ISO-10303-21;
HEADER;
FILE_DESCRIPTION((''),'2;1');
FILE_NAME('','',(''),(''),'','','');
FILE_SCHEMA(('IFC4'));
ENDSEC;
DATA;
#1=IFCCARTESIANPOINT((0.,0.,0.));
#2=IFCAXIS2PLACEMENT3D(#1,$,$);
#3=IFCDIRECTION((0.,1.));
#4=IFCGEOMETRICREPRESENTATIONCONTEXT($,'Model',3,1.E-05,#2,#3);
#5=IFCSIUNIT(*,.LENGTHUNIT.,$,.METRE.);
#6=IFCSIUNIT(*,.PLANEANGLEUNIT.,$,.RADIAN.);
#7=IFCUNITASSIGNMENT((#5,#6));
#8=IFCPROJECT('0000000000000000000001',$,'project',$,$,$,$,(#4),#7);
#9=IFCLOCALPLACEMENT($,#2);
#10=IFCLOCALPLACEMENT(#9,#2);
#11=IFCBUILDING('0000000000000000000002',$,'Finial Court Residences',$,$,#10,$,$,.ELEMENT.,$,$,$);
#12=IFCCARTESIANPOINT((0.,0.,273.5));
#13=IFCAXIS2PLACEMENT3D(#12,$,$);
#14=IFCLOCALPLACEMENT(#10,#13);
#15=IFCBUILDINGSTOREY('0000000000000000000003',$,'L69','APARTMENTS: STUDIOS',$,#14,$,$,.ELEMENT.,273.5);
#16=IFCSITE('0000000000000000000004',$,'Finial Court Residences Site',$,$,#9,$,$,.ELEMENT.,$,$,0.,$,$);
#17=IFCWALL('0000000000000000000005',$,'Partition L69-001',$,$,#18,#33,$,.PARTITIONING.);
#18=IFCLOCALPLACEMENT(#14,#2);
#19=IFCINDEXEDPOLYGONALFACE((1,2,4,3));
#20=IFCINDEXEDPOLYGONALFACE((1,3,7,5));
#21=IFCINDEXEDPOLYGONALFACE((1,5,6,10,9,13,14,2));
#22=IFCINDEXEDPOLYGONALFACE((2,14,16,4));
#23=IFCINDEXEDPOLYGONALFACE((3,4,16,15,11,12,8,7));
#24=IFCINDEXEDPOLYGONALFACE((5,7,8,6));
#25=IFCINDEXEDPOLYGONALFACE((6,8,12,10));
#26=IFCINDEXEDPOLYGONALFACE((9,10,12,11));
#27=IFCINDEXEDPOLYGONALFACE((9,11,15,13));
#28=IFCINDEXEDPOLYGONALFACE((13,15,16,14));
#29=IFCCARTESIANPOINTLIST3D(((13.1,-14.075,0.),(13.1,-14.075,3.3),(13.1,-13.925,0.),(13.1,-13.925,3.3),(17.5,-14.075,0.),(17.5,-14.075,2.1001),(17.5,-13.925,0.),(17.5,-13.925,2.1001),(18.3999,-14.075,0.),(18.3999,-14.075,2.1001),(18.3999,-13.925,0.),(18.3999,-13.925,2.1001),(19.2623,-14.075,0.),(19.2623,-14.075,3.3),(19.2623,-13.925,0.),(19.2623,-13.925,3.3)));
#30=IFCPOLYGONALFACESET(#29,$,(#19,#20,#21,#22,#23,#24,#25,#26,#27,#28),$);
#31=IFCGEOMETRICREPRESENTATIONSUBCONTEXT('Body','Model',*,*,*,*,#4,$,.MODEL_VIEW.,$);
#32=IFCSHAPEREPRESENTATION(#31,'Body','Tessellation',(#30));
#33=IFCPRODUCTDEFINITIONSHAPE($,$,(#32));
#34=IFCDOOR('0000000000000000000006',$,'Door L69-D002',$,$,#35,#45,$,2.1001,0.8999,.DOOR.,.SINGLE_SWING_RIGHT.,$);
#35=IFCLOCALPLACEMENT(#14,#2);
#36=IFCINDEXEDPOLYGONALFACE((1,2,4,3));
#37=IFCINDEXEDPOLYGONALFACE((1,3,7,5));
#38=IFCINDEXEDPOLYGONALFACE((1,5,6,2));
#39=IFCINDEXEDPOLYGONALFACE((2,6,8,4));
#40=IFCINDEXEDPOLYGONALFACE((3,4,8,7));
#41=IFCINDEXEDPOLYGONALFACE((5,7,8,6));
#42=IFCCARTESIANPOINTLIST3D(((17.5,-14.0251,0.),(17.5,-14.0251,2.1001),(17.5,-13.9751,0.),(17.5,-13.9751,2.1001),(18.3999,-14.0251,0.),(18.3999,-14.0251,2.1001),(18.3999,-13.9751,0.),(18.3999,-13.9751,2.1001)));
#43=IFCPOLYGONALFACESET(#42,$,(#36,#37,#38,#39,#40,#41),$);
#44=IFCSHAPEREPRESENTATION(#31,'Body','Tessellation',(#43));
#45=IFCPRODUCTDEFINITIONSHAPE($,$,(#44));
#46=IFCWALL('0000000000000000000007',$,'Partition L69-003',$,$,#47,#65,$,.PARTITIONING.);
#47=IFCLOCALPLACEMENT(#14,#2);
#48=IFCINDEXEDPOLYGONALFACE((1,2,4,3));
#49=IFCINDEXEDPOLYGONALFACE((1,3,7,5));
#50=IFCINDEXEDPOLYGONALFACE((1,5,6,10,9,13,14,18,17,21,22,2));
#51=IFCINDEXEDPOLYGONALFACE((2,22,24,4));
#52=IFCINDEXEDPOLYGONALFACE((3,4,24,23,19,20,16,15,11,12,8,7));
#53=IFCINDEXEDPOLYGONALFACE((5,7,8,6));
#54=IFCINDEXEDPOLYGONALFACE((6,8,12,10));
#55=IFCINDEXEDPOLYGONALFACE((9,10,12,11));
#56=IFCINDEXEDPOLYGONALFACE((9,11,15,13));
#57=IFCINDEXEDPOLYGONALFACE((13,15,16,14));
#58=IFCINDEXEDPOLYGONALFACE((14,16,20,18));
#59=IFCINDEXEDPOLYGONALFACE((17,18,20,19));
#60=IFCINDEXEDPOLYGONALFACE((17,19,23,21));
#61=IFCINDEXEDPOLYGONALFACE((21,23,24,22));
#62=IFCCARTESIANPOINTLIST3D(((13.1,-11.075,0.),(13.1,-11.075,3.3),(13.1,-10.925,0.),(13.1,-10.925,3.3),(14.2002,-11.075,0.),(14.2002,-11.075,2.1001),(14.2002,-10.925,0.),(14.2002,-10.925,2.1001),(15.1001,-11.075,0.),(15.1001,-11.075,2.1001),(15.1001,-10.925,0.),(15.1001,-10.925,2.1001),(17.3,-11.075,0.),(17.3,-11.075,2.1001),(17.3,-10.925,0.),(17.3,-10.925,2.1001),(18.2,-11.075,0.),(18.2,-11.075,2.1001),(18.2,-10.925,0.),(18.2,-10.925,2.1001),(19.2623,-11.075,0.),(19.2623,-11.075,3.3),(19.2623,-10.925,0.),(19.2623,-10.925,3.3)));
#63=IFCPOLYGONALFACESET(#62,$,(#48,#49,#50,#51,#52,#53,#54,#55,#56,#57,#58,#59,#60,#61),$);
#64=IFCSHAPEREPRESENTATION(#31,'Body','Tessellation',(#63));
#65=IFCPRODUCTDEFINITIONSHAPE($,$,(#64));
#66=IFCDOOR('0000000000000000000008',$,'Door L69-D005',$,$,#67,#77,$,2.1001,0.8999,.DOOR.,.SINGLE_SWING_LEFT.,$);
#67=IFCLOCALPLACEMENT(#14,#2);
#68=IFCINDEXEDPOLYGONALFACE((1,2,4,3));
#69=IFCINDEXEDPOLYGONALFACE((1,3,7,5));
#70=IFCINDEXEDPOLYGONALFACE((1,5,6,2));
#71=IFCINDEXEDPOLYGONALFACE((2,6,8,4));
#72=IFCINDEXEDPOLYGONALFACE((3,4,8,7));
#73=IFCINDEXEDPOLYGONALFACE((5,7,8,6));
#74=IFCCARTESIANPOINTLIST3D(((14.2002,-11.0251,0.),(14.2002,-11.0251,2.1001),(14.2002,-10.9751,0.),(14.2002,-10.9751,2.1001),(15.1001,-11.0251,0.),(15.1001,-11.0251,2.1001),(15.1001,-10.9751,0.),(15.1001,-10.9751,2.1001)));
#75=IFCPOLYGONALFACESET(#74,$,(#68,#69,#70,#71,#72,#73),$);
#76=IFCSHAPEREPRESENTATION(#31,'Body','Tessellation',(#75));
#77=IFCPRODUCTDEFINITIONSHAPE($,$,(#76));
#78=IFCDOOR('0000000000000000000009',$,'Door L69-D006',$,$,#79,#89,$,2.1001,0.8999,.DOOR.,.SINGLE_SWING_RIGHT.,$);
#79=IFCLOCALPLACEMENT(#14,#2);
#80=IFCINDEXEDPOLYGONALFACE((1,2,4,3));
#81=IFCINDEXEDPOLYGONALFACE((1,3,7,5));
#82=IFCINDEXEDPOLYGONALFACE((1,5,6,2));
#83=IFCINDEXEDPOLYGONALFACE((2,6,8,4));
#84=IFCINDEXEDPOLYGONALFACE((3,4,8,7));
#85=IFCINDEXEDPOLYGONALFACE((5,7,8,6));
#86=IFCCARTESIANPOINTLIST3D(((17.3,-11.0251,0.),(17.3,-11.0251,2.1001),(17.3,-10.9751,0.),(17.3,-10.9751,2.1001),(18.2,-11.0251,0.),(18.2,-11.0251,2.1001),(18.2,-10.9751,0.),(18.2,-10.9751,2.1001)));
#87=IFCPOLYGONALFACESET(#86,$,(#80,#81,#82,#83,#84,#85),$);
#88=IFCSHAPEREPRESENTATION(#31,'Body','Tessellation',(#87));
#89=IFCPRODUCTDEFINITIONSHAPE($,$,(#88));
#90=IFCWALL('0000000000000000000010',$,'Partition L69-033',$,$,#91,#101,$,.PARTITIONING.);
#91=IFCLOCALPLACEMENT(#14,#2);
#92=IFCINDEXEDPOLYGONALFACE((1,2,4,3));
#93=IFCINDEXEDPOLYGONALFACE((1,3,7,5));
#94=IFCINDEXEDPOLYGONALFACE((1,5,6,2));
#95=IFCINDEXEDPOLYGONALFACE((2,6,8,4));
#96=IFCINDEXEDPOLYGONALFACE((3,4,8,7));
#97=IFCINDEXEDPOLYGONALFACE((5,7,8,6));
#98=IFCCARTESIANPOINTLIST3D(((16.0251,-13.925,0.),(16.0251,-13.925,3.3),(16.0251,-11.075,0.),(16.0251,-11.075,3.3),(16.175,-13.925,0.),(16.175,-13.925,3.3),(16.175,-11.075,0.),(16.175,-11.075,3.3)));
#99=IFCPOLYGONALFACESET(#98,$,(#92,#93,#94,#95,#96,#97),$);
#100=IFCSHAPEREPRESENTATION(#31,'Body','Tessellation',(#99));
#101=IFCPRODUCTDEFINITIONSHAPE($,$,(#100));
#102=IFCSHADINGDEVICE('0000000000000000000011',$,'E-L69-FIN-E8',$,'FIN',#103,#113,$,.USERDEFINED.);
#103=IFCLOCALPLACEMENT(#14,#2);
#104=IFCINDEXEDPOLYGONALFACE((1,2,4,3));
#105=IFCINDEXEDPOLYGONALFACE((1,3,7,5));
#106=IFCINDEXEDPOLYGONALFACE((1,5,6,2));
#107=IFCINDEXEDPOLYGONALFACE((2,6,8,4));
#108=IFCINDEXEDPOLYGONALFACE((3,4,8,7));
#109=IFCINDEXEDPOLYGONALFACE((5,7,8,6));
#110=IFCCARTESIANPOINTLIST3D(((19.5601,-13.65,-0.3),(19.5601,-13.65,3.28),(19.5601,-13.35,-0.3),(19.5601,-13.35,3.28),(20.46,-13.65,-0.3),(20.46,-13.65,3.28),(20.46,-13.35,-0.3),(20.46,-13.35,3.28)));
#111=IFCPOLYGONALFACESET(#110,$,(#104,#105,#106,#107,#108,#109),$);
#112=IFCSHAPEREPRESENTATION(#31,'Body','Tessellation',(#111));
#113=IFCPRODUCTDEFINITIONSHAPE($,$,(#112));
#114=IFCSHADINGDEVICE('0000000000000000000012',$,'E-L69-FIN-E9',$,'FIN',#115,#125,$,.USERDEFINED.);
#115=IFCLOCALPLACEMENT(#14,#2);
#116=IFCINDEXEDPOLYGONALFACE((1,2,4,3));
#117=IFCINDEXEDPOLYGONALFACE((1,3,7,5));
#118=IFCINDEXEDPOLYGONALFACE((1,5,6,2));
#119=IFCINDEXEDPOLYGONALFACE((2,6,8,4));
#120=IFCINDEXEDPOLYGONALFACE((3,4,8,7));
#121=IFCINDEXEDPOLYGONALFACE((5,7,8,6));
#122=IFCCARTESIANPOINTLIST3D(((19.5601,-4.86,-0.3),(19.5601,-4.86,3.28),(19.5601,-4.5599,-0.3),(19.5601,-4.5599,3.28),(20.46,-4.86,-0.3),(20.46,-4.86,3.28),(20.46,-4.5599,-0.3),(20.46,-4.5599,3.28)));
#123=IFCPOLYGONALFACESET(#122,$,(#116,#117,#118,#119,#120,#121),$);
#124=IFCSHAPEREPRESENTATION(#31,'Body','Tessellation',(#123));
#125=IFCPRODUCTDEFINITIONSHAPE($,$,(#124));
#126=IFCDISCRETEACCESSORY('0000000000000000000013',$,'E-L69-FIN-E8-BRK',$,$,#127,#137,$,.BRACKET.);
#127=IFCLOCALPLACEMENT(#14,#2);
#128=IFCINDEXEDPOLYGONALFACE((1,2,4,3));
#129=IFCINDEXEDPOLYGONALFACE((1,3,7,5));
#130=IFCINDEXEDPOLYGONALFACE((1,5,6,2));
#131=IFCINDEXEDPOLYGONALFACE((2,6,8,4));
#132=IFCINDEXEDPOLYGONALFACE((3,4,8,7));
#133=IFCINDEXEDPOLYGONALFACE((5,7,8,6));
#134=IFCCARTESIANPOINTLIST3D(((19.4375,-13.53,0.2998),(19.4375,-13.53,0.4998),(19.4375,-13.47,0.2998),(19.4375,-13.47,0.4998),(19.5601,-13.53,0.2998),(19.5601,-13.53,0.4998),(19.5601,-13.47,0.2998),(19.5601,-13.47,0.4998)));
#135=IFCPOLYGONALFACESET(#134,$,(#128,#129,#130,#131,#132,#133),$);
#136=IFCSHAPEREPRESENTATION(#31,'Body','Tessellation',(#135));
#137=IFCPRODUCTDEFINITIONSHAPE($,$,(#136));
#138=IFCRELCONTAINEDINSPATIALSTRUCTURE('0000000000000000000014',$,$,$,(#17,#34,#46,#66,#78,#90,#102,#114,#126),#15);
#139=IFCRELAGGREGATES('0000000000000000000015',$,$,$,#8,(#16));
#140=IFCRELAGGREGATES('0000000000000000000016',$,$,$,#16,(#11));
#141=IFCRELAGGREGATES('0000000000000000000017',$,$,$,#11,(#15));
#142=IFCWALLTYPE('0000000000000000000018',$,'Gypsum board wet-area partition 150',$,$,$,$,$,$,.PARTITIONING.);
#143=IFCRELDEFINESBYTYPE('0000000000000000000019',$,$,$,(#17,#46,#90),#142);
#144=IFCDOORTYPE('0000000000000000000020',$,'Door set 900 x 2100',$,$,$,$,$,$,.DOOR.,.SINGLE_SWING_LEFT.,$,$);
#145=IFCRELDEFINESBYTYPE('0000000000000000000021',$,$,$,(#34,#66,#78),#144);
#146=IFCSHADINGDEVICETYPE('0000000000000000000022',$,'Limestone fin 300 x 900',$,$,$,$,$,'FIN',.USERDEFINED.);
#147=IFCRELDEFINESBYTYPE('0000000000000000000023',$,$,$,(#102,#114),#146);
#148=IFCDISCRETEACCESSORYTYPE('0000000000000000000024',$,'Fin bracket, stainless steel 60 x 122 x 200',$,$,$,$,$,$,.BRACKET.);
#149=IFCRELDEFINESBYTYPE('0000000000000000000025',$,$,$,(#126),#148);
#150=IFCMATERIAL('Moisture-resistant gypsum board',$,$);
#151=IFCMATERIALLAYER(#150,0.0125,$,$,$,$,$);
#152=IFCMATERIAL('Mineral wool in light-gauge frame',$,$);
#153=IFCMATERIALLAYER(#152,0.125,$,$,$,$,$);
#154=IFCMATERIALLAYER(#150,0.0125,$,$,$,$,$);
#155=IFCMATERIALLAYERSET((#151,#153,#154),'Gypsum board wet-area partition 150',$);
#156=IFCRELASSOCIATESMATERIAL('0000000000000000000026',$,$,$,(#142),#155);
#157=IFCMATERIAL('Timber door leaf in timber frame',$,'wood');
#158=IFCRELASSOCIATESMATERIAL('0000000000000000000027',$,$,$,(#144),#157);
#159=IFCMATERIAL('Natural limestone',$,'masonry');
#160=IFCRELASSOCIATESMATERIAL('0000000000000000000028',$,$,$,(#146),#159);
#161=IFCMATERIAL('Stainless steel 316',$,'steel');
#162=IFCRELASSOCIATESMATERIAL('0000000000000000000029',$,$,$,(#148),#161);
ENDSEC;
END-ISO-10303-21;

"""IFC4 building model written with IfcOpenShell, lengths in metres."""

from ifc_helpers import new_model, si_unit, direction, frame, frame_2d, origin, origin_2d, place, context, subcontext, project, spatial, rectangle, extrude, material, layer, layer_set, type_object, element, fill, save


model = new_model("IFC4")

# Units and contexts
model_context = context("Model", 3, precision=1e-05, world=origin(), true_north=direction((0.0, 1.0)))
body_context = subcontext(model_context, "Body", "Model", "MODEL_VIEW")
ifc_project = project(units=[si_unit("LENGTHUNIT", "METRE"), si_unit("PLANEANGLEUNIT", "RADIAN")], contexts=[model_context])

# Site, building, storey
site_placement = place(None, origin())
site = spatial("IfcSite", under=ifc_project, at=site_placement, Name="Finial Court Residences Site", CompositionType="ELEMENT", RefElevation=0.0)
building_placement = place(site_placement, origin())
building = spatial("IfcBuilding", under=site, at=building_placement, Name="Finial Court Residences", CompositionType="ELEMENT")
storey_placement = place(building_placement, frame((0.0, 0.0, 273.5)))
storey = spatial("IfcBuildingStorey", under=building, at=storey_placement, Name="L69", Description="APARTMENTS: STUDIOS", CompositionType="ELEMENT", Elevation=273.5)

# Wall, opening, door
ifc_material_1 = material(Name="Moisture-resistant gypsum board")
ifc_layer_1 = layer(ifc_material_1, 0.0125)
ifc_material_2 = material(Name="Mineral wool in light-gauge frame")
ifc_layer_2 = layer(ifc_material_2, 0.125)
ifc_layer_3 = layer(ifc_material_1, 0.0125)
ifc_layer_set_1 = layer_set([ifc_layer_1, ifc_layer_2, ifc_layer_3], Name="Gypsum board wet-area partition 150")
wall_type_1 = type_object("IfcWallType", Name="Gypsum board wet-area partition 150", PredefinedType="PARTITIONING", material=ifc_layer_set_1)
wall_1_placement = place(storey_placement, frame((13.1001, -14.0, 0.0), z_axis=(0.0, 0.0, 1.0), x_axis=(1.0, 0.0, 0.0)))
wall_1 = element("IfcWall", 1, at=wall_1_placement, inside=storey, type_object=wall_type_1, Name="Partition L69-001", PredefinedType="PARTITIONING", context=body_context, shape_type="SweptSolid", body=[
    extrude(rectangle(XDim=6.1624, YDim=0.1499, at=frame_2d((3.0811, 0.0))), origin(), (0.0, 0.0, 1.0), 3.3),
])
opening_1_placement = place(wall_1_placement, frame((4.3999, 0.0, 0.0)))
opening_1 = element("IfcOpeningElement", 2, at=opening_1_placement, cuts=wall_1, PredefinedType="OPENING", context=body_context, shape_type="SweptSolid", body=[
    extrude(rectangle(XDim=0.8999, YDim=2.1001, at=frame_2d((0.45, 1.05))), frame((0.0, 0.085, 0.0), z_axis=(0.0, -1.0, 0.0), x_axis=(1.0, 0.0, 0.0)), (0.0, 0.0, 1.0), 0.1699),
])
ifc_material_3 = material(Name="Timber door leaf in timber frame", Category="wood")
door_type_1 = type_object("IfcDoorType", Name="Door set 900 x 2100", OperationType="SINGLE_SWING_LEFT", PredefinedType="DOOR", material=ifc_material_3)
door_1_placement = place(opening_1_placement, origin())
door_1 = element("IfcDoor", 3, at=door_1_placement, inside=storey, type_object=door_type_1, Name="Door L69-D002", OperationType="SINGLE_SWING_RIGHT", OverallHeight=2.1001, OverallWidth=0.8999, PredefinedType="DOOR", context=body_context, shape_type="SweptSolid", body=[
    extrude(rectangle(XDim=0.8999, YDim=2.1001, at=frame_2d((0.45, 1.05))), frame((0.0, 0.0249, 0.0), z_axis=(0.0, -1.0, 0.0), x_axis=(1.0, 0.0, 0.0)), (0.0, 0.0, 1.0), 0.05),
])
fill(opening_1, door_1)

# Wall, openings, doors
wall_2_placement = place(storey_placement, frame((13.1001, -11.0, 0.0), z_axis=(0.0, 0.0, 1.0), x_axis=(1.0, 0.0, 0.0)))
wall_2 = element("IfcWall", 4, at=wall_2_placement, inside=storey, type_object=wall_type_1, Name="Partition L69-003", PredefinedType="PARTITIONING", context=body_context, shape_type="SweptSolid", body=[
    extrude(rectangle(XDim=6.1624, YDim=0.1499, at=frame_2d((3.0811, 0.0))), origin(), (0.0, 0.0, 1.0), 3.3),
])
opening_2_placement = place(wall_2_placement, frame((1.1001, 0.0, 0.0)))
opening_2 = element("IfcOpeningElement", 5, at=opening_2_placement, cuts=wall_2, PredefinedType="OPENING", context=body_context, shape_type="SweptSolid", body=[
    extrude(rectangle(XDim=0.8999, YDim=2.1001, at=frame_2d((0.45, 1.05))), frame((0.0, 0.085, 0.0), z_axis=(0.0, -1.0, 0.0), x_axis=(1.0, 0.0, 0.0)), (0.0, 0.0, 1.0), 0.1699),
])
opening_3_placement = place(wall_2_placement, frame((4.2, 0.0, 0.0)))
opening_3 = element("IfcOpeningElement", 6, at=opening_3_placement, cuts=wall_2, PredefinedType="OPENING", context=body_context, shape_type="SweptSolid", body=[
    extrude(rectangle(XDim=0.8999, YDim=2.1001, at=frame_2d((0.45, 1.05))), frame((0.0, 0.085, 0.0), z_axis=(0.0, -1.0, 0.0), x_axis=(1.0, 0.0, 0.0)), (0.0, 0.0, 1.0), 0.1699),
])
door_2_placement = place(opening_2_placement, origin())
door_2 = element("IfcDoor", 7, at=door_2_placement, inside=storey, type_object=door_type_1, Name="Door L69-D005", OperationType="SINGLE_SWING_LEFT", OverallHeight=2.1001, OverallWidth=0.8999, PredefinedType="DOOR", context=body_context, shape_type="SweptSolid", body=[
    extrude(rectangle(XDim=0.8999, YDim=2.1001, at=frame_2d((0.45, 1.05))), frame((0.0, 0.0249, 0.0), z_axis=(0.0, -1.0, 0.0), x_axis=(1.0, 0.0, 0.0)), (0.0, 0.0, 1.0), 0.05),
])
fill(opening_2, door_2)
door_3_placement = place(opening_3_placement, origin())
door_3 = element("IfcDoor", 8, at=door_3_placement, inside=storey, type_object=door_type_1, Name="Door L69-D006", OperationType="SINGLE_SWING_RIGHT", OverallHeight=2.1001, OverallWidth=0.8999, PredefinedType="DOOR", context=body_context, shape_type="SweptSolid", body=[
    extrude(rectangle(XDim=0.8999, YDim=2.1001, at=frame_2d((0.45, 1.05))), frame((0.0, 0.0249, 0.0), z_axis=(0.0, -1.0, 0.0), x_axis=(1.0, 0.0, 0.0)), (0.0, 0.0, 1.0), 0.05),
])
fill(opening_3, door_3)

# Wall
wall_3_placement = place(storey_placement, frame((16.1001, -13.925, 0.0), z_axis=(0.0, 0.0, 1.0), x_axis=(0.0, 1.0, 0.0)))
element("IfcWall", 9, at=wall_3_placement, inside=storey, type_object=wall_type_1, Name="Partition L69-033", PredefinedType="PARTITIONING", context=body_context, shape_type="SweptSolid", body=[
    extrude(rectangle(XDim=2.8501, YDim=0.1499, at=frame_2d((1.425, 0.0))), origin(), (0.0, 0.0, 1.0), 3.3),
])

# Shading devices
ifc_material_4 = material(Name="Natural limestone", Category="masonry")
shading_device_type = type_object("IfcShadingDeviceType", Name="Limestone fin 300 x 900", ElementType="FIN", PredefinedType="USERDEFINED", material=ifc_material_4)
for number, where, z_axis, x_axis, name in (
    (10, (20.01, -13.5, -0.3), (0.0, 0.0, 1.0), (1.0, 0.0, 0.0), "E-L69-FIN-E8"),
    (11, (20.01, -4.71, -0.3), (0.0, 0.0, 1.0), (1.0, 0.0, 0.0), "E-L69-FIN-E9"),
):
    element("IfcShadingDevice", number, at=place(storey_placement, frame(where, z_axis=z_axis, x_axis=x_axis)), inside=storey, type_object=shading_device_type, Name=name, ObjectType="FIN", PredefinedType="USERDEFINED", context=body_context, shape_type="SweptSolid", body=[
        extrude(rectangle(XDim=0.8999, YDim=0.3, at=origin_2d()), origin(), (0.0, 0.0, 1.0), 3.5801),
    ])

# Discrete accessory
ifc_material_5 = material(Name="Stainless steel 316", Category="steel")
discrete_accessory_type = type_object("IfcDiscreteAccessoryType", Name="Fin bracket, stainless steel 60 x 122 x 200", PredefinedType="BRACKET", material=ifc_material_5)
discrete_accessory_placement = place(storey_placement, frame((19.4988, -13.5, 0.2998), z_axis=(0.0, 0.0, 1.0), x_axis=(1.0, 0.0, 0.0)))
element("IfcDiscreteAccessory", 12, at=discrete_accessory_placement, inside=storey, type_object=discrete_accessory_type, Name="E-L69-FIN-E8-BRK", PredefinedType="BRACKET", context=body_context, shape_type="SweptSolid", body=[
    extrude(rectangle(XDim=0.1226, YDim=0.0601, at=origin_2d()), origin(), (0.0, 0.0, 1.0), 0.2),
])

save(model, "model.ifc")
